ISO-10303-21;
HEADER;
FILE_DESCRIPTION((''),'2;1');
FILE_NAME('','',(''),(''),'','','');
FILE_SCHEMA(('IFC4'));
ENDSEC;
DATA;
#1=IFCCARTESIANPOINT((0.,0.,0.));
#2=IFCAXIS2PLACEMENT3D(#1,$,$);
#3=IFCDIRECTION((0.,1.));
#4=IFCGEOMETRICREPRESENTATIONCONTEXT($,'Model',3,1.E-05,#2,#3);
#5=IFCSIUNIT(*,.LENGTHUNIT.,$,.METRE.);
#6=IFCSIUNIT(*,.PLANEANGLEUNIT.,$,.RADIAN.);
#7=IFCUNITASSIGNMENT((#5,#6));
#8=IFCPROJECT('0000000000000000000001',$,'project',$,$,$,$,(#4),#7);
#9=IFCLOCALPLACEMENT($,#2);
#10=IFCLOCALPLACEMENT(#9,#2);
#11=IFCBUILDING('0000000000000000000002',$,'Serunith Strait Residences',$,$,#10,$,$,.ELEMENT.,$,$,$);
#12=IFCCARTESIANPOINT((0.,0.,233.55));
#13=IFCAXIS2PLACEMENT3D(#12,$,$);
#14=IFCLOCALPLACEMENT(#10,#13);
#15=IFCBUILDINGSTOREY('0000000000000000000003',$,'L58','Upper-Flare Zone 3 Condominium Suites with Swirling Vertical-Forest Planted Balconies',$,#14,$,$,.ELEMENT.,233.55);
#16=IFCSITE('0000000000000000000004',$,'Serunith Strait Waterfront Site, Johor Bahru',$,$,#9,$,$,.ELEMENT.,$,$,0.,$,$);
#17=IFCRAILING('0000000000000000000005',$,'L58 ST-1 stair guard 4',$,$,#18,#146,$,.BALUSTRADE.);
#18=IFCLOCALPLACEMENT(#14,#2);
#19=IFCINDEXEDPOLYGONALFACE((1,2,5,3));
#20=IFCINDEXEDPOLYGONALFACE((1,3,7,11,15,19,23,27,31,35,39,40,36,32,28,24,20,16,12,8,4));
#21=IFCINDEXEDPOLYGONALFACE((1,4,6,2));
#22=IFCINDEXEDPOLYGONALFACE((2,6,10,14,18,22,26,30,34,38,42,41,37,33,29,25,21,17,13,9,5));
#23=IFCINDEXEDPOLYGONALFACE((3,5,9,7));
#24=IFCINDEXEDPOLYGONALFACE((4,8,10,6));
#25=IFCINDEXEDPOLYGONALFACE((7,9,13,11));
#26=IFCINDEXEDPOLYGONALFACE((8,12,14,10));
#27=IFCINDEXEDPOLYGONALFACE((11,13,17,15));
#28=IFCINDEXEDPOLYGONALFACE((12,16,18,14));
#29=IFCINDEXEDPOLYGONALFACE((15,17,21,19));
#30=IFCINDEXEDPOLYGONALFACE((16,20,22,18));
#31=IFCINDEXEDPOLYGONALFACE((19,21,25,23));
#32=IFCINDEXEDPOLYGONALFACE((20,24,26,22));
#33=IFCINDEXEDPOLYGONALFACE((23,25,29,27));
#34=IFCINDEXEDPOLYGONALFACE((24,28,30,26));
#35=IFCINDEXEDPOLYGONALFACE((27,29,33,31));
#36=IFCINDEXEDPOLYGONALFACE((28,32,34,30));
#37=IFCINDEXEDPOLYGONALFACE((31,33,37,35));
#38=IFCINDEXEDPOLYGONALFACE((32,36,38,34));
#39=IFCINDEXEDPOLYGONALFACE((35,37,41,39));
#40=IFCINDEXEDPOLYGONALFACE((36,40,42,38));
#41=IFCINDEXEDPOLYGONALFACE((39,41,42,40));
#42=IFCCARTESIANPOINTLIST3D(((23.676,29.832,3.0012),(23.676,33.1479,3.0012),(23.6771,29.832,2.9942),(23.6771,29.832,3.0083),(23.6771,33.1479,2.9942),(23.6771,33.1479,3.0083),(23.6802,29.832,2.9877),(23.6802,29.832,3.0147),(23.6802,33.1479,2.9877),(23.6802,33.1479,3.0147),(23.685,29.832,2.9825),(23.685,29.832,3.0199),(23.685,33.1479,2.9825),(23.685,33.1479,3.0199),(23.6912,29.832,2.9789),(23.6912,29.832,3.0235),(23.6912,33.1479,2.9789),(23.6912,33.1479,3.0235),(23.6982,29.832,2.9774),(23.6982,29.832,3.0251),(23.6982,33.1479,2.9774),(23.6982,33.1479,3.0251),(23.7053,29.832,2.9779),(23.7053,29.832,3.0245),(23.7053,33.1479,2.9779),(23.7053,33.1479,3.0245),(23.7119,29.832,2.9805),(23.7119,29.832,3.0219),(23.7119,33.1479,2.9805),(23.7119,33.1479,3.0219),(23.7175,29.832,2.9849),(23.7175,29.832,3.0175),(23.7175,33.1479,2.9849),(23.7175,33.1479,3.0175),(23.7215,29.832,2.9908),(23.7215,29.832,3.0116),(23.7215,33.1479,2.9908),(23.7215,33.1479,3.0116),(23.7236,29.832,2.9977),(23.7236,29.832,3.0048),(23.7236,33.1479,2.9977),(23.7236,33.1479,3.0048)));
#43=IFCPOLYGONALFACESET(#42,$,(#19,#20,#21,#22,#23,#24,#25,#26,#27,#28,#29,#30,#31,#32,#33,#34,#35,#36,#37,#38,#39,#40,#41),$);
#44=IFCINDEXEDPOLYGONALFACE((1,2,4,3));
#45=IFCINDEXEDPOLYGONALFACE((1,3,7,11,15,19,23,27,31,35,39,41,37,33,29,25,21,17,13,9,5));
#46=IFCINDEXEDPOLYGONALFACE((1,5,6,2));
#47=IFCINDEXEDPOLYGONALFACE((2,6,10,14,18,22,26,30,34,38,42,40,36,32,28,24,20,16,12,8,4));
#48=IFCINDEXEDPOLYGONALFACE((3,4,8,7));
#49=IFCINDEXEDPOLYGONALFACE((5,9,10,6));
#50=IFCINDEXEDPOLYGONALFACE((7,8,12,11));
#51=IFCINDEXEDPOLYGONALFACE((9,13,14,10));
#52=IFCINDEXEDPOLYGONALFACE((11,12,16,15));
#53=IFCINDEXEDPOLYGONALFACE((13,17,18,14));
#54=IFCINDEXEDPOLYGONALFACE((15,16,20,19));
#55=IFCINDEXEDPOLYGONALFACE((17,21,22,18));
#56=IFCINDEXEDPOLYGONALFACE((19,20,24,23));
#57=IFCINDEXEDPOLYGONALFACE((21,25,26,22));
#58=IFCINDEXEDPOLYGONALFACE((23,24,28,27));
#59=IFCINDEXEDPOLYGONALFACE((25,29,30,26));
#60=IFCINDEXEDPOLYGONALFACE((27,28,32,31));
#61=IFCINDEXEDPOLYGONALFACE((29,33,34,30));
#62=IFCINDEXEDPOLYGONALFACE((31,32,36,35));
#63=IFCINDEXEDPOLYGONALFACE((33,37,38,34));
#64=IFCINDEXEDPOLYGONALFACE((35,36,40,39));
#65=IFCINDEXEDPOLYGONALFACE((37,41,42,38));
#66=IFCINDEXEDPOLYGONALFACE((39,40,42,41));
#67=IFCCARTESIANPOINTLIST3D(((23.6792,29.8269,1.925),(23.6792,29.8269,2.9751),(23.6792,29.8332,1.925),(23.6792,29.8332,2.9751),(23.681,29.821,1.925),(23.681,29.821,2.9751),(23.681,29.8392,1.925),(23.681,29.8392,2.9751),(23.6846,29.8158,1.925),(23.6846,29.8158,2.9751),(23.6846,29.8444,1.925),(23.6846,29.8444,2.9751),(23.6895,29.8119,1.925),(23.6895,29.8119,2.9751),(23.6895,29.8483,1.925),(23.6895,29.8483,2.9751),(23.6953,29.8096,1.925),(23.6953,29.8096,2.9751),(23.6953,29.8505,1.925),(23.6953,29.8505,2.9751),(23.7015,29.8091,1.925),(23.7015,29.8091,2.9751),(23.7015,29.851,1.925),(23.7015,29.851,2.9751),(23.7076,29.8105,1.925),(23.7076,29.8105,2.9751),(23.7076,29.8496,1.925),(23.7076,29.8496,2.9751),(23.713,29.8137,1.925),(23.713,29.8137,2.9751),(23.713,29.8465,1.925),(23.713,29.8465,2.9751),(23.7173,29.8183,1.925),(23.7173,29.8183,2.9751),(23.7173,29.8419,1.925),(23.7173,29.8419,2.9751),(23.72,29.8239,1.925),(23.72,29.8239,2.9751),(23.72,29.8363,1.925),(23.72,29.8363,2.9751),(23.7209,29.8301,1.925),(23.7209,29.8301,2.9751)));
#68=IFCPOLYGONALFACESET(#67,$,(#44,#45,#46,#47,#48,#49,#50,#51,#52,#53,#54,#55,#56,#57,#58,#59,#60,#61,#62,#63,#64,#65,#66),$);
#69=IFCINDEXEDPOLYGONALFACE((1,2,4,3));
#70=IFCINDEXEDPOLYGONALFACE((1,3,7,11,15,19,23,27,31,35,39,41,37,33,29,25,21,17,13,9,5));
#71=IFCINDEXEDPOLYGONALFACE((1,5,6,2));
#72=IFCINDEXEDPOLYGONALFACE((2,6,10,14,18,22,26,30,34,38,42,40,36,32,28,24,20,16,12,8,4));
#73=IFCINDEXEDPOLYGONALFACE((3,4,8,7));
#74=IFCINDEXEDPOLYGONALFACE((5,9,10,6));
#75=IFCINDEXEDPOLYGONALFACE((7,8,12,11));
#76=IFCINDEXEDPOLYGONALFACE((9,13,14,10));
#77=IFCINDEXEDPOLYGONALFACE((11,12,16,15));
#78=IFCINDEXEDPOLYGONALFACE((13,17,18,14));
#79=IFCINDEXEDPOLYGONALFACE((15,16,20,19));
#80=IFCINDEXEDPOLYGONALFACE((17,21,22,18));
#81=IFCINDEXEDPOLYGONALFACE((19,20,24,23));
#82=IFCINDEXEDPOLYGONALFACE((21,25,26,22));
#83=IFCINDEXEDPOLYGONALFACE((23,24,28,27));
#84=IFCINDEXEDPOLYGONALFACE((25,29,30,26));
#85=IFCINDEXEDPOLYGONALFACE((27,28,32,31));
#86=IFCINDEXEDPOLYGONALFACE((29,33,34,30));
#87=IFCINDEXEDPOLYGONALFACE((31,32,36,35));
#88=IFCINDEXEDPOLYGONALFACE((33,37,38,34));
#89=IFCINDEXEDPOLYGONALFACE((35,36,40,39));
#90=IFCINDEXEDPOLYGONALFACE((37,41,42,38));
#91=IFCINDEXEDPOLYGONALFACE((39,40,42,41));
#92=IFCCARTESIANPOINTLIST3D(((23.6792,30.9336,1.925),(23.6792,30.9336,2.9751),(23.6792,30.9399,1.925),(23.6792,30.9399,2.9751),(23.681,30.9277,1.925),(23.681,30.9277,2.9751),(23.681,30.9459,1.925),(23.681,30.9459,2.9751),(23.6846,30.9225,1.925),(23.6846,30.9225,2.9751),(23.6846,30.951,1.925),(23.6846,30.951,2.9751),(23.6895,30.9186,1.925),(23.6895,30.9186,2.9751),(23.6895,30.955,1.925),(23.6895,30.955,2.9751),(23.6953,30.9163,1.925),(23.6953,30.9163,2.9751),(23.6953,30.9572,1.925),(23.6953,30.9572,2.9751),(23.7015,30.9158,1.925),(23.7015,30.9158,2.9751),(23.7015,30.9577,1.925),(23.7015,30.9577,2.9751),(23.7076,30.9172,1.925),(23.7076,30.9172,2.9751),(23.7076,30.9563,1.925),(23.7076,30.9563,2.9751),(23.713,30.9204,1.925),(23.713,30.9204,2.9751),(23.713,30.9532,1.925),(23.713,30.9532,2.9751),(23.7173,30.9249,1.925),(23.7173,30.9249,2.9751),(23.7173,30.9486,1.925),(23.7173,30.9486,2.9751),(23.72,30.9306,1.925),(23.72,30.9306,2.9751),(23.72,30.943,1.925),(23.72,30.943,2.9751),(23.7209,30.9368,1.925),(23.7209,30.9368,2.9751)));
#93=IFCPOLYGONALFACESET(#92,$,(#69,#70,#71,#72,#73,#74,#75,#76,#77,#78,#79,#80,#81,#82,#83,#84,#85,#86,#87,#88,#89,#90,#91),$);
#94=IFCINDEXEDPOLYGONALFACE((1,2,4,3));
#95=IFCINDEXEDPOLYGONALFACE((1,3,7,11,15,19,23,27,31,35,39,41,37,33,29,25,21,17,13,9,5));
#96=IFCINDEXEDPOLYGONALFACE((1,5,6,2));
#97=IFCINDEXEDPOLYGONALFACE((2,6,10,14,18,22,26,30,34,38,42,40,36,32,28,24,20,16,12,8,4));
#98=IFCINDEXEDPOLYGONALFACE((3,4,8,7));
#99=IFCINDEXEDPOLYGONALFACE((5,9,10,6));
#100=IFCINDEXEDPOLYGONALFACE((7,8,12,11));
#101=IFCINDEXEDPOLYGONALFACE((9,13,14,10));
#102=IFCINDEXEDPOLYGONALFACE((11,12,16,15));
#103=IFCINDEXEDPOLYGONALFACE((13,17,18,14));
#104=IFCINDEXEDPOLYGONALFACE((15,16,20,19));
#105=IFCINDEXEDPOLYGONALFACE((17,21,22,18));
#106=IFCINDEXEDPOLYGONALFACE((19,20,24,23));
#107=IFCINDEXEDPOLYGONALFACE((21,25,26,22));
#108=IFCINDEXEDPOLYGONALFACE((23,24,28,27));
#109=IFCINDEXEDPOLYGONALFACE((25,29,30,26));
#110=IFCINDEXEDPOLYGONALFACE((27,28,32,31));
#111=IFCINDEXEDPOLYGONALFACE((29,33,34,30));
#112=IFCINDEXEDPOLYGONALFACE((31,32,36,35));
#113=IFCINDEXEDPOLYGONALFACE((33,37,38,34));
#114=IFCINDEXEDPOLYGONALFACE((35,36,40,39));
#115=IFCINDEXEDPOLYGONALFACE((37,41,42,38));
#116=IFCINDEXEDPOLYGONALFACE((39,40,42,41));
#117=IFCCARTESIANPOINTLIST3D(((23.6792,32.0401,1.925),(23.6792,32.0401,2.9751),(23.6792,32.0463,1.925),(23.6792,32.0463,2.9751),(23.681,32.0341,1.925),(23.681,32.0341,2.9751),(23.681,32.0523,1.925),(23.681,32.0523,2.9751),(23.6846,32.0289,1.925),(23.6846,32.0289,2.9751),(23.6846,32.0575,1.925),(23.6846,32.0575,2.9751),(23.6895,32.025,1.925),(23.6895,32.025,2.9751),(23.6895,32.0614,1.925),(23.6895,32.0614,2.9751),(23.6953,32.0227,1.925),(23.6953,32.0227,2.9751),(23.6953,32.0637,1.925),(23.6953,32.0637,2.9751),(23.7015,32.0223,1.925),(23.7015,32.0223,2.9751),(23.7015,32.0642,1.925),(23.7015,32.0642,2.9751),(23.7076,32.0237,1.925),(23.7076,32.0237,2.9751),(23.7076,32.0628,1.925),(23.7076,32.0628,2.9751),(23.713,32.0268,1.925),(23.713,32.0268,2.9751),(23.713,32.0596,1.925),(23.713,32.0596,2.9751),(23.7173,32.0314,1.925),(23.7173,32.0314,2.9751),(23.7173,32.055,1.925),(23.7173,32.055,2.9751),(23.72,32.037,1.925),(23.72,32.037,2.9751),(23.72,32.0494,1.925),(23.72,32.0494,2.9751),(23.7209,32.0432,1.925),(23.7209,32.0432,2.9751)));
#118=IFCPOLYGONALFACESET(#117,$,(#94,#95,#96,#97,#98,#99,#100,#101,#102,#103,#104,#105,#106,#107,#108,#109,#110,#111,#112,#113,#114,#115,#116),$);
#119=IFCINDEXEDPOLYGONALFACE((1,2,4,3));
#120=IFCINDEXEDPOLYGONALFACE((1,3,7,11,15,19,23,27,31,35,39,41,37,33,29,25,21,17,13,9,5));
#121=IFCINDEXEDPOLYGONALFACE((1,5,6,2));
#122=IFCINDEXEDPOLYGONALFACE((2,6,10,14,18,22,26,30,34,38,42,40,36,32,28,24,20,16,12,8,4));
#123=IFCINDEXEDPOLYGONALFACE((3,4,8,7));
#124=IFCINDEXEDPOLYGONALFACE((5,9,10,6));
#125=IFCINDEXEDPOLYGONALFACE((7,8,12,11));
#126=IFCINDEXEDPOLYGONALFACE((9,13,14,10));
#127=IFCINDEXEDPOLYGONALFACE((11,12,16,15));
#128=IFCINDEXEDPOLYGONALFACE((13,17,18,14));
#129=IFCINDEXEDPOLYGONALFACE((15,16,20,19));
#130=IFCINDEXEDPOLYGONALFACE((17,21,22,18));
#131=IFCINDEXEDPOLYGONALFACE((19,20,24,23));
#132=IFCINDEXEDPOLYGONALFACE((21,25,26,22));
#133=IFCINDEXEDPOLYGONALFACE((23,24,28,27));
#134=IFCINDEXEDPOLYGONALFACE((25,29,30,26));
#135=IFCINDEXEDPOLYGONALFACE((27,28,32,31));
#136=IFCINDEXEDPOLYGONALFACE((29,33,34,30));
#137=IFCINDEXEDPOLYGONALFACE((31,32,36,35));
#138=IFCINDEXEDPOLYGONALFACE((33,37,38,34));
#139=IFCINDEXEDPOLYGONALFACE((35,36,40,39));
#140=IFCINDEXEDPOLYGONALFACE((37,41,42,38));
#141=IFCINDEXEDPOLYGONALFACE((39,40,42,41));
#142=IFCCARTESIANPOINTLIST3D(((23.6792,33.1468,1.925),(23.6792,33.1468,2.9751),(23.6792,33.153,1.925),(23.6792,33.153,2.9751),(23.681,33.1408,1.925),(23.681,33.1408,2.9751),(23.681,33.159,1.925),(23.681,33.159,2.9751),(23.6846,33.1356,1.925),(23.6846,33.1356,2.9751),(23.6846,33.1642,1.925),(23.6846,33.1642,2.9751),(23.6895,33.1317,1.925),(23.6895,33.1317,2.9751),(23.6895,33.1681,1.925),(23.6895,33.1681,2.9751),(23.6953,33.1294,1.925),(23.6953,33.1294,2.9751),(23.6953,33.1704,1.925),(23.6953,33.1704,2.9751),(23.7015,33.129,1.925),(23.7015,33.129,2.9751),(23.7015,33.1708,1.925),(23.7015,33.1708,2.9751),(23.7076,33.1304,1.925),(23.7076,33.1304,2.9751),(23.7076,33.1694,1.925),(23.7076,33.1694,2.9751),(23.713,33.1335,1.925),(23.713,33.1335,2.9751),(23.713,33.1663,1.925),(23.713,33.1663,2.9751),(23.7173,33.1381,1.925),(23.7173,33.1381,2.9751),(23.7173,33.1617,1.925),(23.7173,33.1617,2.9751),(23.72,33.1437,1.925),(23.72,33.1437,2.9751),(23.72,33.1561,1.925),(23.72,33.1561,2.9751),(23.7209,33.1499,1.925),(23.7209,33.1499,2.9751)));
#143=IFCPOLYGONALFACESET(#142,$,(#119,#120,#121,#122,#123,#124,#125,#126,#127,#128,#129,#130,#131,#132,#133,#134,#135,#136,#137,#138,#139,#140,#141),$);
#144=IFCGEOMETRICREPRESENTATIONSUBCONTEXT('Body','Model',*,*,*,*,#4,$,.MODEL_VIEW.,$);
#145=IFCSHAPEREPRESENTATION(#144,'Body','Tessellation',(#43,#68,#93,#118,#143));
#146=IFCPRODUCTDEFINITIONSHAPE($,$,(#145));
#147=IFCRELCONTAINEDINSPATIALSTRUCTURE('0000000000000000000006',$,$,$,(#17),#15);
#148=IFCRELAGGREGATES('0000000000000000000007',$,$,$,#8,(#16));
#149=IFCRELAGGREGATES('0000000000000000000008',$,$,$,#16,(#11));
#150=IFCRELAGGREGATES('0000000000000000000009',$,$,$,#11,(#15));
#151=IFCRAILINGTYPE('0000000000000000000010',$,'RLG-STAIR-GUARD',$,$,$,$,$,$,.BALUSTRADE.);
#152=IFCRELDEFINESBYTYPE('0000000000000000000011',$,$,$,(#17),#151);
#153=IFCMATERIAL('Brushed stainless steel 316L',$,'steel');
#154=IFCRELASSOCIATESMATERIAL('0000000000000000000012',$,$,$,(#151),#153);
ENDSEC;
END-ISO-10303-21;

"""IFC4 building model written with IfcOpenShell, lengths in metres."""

from ifc_helpers import new_model, si_unit, direction, frame, origin, origin_2d, place, context, subcontext, project, spatial, circle, extrude, material, type_object, element, save


model = new_model("IFC4")

# Units and contexts
model_context = context("Model", 3, precision=1e-05, world=origin(), true_north=direction((0.0, 1.0)))
body_context = subcontext(model_context, "Body", "Model", "MODEL_VIEW")
ifc_project = project(units=[si_unit("LENGTHUNIT", "METRE"), si_unit("PLANEANGLEUNIT", "RADIAN")], contexts=[model_context])

# Site, building, storey
site_placement = place(None, origin())
site = spatial("IfcSite", under=ifc_project, at=site_placement, Name="Serunith Strait Waterfront Site, Johor Bahru", CompositionType="ELEMENT", RefElevation=0.0)
building_placement = place(site_placement, origin())
building = spatial("IfcBuilding", under=site, at=building_placement, Name="Serunith Strait Residences", CompositionType="ELEMENT")
storey_placement = place(building_placement, frame((0.0, 0.0, 233.55)))
storey = spatial("IfcBuildingStorey", under=building, at=storey_placement, Name="L58", Description="Upper-Flare Zone 3 Condominium Suites with Swirling Vertical-Forest Planted Balconies", CompositionType="ELEMENT", Elevation=233.55)

# Railing
ifc_material_1 = material(Name="Brushed stainless steel 316L", Category="steel")
railing_type_1 = type_object("IfcRailingType", Name="RLG-STAIR-GUARD", PredefinedType="BALUSTRADE", material=ifc_material_1)
for number, where, name in (
    (1, (23.7, 29.8301, 1.925), "L58 ST-1 stair guard 4"),
):
    element("IfcRailing", number, at=place(storey_placement, frame(where)), inside=storey, type_object=railing_type_1, Name=name, PredefinedType="BALUSTRADE", context=body_context, shape_type="SweptSolid", body=[
        extrude(circle(Radius=0.0239, at=origin_2d()), frame((0.0, 0.002, 1.0762), z_axis=(0.0, 1.0, 0.0), x_axis=(-1.0, 0.0, 0.0)), (0.0, 0.0, 1.0), 3.3159),
        extrude(circle(Radius=0.021, at=origin_2d()), origin(), (0.0, 0.0, 1.0), 1.05),
        extrude(circle(Radius=0.021, at=origin_2d()), frame((0.0, 1.1067, 0.0)), (0.0, 0.0, 1.0), 1.05),
        extrude(circle(Radius=0.021, at=origin_2d()), frame((0.0, 2.2131, 0.0)), (0.0, 0.0, 1.0), 1.05),
        extrude(circle(Radius=0.021, at=origin_2d()), frame((0.0, 3.3198, 0.0)), (0.0, 0.0, 1.0), 1.05),
    ])

save(model, "model.ifc")
